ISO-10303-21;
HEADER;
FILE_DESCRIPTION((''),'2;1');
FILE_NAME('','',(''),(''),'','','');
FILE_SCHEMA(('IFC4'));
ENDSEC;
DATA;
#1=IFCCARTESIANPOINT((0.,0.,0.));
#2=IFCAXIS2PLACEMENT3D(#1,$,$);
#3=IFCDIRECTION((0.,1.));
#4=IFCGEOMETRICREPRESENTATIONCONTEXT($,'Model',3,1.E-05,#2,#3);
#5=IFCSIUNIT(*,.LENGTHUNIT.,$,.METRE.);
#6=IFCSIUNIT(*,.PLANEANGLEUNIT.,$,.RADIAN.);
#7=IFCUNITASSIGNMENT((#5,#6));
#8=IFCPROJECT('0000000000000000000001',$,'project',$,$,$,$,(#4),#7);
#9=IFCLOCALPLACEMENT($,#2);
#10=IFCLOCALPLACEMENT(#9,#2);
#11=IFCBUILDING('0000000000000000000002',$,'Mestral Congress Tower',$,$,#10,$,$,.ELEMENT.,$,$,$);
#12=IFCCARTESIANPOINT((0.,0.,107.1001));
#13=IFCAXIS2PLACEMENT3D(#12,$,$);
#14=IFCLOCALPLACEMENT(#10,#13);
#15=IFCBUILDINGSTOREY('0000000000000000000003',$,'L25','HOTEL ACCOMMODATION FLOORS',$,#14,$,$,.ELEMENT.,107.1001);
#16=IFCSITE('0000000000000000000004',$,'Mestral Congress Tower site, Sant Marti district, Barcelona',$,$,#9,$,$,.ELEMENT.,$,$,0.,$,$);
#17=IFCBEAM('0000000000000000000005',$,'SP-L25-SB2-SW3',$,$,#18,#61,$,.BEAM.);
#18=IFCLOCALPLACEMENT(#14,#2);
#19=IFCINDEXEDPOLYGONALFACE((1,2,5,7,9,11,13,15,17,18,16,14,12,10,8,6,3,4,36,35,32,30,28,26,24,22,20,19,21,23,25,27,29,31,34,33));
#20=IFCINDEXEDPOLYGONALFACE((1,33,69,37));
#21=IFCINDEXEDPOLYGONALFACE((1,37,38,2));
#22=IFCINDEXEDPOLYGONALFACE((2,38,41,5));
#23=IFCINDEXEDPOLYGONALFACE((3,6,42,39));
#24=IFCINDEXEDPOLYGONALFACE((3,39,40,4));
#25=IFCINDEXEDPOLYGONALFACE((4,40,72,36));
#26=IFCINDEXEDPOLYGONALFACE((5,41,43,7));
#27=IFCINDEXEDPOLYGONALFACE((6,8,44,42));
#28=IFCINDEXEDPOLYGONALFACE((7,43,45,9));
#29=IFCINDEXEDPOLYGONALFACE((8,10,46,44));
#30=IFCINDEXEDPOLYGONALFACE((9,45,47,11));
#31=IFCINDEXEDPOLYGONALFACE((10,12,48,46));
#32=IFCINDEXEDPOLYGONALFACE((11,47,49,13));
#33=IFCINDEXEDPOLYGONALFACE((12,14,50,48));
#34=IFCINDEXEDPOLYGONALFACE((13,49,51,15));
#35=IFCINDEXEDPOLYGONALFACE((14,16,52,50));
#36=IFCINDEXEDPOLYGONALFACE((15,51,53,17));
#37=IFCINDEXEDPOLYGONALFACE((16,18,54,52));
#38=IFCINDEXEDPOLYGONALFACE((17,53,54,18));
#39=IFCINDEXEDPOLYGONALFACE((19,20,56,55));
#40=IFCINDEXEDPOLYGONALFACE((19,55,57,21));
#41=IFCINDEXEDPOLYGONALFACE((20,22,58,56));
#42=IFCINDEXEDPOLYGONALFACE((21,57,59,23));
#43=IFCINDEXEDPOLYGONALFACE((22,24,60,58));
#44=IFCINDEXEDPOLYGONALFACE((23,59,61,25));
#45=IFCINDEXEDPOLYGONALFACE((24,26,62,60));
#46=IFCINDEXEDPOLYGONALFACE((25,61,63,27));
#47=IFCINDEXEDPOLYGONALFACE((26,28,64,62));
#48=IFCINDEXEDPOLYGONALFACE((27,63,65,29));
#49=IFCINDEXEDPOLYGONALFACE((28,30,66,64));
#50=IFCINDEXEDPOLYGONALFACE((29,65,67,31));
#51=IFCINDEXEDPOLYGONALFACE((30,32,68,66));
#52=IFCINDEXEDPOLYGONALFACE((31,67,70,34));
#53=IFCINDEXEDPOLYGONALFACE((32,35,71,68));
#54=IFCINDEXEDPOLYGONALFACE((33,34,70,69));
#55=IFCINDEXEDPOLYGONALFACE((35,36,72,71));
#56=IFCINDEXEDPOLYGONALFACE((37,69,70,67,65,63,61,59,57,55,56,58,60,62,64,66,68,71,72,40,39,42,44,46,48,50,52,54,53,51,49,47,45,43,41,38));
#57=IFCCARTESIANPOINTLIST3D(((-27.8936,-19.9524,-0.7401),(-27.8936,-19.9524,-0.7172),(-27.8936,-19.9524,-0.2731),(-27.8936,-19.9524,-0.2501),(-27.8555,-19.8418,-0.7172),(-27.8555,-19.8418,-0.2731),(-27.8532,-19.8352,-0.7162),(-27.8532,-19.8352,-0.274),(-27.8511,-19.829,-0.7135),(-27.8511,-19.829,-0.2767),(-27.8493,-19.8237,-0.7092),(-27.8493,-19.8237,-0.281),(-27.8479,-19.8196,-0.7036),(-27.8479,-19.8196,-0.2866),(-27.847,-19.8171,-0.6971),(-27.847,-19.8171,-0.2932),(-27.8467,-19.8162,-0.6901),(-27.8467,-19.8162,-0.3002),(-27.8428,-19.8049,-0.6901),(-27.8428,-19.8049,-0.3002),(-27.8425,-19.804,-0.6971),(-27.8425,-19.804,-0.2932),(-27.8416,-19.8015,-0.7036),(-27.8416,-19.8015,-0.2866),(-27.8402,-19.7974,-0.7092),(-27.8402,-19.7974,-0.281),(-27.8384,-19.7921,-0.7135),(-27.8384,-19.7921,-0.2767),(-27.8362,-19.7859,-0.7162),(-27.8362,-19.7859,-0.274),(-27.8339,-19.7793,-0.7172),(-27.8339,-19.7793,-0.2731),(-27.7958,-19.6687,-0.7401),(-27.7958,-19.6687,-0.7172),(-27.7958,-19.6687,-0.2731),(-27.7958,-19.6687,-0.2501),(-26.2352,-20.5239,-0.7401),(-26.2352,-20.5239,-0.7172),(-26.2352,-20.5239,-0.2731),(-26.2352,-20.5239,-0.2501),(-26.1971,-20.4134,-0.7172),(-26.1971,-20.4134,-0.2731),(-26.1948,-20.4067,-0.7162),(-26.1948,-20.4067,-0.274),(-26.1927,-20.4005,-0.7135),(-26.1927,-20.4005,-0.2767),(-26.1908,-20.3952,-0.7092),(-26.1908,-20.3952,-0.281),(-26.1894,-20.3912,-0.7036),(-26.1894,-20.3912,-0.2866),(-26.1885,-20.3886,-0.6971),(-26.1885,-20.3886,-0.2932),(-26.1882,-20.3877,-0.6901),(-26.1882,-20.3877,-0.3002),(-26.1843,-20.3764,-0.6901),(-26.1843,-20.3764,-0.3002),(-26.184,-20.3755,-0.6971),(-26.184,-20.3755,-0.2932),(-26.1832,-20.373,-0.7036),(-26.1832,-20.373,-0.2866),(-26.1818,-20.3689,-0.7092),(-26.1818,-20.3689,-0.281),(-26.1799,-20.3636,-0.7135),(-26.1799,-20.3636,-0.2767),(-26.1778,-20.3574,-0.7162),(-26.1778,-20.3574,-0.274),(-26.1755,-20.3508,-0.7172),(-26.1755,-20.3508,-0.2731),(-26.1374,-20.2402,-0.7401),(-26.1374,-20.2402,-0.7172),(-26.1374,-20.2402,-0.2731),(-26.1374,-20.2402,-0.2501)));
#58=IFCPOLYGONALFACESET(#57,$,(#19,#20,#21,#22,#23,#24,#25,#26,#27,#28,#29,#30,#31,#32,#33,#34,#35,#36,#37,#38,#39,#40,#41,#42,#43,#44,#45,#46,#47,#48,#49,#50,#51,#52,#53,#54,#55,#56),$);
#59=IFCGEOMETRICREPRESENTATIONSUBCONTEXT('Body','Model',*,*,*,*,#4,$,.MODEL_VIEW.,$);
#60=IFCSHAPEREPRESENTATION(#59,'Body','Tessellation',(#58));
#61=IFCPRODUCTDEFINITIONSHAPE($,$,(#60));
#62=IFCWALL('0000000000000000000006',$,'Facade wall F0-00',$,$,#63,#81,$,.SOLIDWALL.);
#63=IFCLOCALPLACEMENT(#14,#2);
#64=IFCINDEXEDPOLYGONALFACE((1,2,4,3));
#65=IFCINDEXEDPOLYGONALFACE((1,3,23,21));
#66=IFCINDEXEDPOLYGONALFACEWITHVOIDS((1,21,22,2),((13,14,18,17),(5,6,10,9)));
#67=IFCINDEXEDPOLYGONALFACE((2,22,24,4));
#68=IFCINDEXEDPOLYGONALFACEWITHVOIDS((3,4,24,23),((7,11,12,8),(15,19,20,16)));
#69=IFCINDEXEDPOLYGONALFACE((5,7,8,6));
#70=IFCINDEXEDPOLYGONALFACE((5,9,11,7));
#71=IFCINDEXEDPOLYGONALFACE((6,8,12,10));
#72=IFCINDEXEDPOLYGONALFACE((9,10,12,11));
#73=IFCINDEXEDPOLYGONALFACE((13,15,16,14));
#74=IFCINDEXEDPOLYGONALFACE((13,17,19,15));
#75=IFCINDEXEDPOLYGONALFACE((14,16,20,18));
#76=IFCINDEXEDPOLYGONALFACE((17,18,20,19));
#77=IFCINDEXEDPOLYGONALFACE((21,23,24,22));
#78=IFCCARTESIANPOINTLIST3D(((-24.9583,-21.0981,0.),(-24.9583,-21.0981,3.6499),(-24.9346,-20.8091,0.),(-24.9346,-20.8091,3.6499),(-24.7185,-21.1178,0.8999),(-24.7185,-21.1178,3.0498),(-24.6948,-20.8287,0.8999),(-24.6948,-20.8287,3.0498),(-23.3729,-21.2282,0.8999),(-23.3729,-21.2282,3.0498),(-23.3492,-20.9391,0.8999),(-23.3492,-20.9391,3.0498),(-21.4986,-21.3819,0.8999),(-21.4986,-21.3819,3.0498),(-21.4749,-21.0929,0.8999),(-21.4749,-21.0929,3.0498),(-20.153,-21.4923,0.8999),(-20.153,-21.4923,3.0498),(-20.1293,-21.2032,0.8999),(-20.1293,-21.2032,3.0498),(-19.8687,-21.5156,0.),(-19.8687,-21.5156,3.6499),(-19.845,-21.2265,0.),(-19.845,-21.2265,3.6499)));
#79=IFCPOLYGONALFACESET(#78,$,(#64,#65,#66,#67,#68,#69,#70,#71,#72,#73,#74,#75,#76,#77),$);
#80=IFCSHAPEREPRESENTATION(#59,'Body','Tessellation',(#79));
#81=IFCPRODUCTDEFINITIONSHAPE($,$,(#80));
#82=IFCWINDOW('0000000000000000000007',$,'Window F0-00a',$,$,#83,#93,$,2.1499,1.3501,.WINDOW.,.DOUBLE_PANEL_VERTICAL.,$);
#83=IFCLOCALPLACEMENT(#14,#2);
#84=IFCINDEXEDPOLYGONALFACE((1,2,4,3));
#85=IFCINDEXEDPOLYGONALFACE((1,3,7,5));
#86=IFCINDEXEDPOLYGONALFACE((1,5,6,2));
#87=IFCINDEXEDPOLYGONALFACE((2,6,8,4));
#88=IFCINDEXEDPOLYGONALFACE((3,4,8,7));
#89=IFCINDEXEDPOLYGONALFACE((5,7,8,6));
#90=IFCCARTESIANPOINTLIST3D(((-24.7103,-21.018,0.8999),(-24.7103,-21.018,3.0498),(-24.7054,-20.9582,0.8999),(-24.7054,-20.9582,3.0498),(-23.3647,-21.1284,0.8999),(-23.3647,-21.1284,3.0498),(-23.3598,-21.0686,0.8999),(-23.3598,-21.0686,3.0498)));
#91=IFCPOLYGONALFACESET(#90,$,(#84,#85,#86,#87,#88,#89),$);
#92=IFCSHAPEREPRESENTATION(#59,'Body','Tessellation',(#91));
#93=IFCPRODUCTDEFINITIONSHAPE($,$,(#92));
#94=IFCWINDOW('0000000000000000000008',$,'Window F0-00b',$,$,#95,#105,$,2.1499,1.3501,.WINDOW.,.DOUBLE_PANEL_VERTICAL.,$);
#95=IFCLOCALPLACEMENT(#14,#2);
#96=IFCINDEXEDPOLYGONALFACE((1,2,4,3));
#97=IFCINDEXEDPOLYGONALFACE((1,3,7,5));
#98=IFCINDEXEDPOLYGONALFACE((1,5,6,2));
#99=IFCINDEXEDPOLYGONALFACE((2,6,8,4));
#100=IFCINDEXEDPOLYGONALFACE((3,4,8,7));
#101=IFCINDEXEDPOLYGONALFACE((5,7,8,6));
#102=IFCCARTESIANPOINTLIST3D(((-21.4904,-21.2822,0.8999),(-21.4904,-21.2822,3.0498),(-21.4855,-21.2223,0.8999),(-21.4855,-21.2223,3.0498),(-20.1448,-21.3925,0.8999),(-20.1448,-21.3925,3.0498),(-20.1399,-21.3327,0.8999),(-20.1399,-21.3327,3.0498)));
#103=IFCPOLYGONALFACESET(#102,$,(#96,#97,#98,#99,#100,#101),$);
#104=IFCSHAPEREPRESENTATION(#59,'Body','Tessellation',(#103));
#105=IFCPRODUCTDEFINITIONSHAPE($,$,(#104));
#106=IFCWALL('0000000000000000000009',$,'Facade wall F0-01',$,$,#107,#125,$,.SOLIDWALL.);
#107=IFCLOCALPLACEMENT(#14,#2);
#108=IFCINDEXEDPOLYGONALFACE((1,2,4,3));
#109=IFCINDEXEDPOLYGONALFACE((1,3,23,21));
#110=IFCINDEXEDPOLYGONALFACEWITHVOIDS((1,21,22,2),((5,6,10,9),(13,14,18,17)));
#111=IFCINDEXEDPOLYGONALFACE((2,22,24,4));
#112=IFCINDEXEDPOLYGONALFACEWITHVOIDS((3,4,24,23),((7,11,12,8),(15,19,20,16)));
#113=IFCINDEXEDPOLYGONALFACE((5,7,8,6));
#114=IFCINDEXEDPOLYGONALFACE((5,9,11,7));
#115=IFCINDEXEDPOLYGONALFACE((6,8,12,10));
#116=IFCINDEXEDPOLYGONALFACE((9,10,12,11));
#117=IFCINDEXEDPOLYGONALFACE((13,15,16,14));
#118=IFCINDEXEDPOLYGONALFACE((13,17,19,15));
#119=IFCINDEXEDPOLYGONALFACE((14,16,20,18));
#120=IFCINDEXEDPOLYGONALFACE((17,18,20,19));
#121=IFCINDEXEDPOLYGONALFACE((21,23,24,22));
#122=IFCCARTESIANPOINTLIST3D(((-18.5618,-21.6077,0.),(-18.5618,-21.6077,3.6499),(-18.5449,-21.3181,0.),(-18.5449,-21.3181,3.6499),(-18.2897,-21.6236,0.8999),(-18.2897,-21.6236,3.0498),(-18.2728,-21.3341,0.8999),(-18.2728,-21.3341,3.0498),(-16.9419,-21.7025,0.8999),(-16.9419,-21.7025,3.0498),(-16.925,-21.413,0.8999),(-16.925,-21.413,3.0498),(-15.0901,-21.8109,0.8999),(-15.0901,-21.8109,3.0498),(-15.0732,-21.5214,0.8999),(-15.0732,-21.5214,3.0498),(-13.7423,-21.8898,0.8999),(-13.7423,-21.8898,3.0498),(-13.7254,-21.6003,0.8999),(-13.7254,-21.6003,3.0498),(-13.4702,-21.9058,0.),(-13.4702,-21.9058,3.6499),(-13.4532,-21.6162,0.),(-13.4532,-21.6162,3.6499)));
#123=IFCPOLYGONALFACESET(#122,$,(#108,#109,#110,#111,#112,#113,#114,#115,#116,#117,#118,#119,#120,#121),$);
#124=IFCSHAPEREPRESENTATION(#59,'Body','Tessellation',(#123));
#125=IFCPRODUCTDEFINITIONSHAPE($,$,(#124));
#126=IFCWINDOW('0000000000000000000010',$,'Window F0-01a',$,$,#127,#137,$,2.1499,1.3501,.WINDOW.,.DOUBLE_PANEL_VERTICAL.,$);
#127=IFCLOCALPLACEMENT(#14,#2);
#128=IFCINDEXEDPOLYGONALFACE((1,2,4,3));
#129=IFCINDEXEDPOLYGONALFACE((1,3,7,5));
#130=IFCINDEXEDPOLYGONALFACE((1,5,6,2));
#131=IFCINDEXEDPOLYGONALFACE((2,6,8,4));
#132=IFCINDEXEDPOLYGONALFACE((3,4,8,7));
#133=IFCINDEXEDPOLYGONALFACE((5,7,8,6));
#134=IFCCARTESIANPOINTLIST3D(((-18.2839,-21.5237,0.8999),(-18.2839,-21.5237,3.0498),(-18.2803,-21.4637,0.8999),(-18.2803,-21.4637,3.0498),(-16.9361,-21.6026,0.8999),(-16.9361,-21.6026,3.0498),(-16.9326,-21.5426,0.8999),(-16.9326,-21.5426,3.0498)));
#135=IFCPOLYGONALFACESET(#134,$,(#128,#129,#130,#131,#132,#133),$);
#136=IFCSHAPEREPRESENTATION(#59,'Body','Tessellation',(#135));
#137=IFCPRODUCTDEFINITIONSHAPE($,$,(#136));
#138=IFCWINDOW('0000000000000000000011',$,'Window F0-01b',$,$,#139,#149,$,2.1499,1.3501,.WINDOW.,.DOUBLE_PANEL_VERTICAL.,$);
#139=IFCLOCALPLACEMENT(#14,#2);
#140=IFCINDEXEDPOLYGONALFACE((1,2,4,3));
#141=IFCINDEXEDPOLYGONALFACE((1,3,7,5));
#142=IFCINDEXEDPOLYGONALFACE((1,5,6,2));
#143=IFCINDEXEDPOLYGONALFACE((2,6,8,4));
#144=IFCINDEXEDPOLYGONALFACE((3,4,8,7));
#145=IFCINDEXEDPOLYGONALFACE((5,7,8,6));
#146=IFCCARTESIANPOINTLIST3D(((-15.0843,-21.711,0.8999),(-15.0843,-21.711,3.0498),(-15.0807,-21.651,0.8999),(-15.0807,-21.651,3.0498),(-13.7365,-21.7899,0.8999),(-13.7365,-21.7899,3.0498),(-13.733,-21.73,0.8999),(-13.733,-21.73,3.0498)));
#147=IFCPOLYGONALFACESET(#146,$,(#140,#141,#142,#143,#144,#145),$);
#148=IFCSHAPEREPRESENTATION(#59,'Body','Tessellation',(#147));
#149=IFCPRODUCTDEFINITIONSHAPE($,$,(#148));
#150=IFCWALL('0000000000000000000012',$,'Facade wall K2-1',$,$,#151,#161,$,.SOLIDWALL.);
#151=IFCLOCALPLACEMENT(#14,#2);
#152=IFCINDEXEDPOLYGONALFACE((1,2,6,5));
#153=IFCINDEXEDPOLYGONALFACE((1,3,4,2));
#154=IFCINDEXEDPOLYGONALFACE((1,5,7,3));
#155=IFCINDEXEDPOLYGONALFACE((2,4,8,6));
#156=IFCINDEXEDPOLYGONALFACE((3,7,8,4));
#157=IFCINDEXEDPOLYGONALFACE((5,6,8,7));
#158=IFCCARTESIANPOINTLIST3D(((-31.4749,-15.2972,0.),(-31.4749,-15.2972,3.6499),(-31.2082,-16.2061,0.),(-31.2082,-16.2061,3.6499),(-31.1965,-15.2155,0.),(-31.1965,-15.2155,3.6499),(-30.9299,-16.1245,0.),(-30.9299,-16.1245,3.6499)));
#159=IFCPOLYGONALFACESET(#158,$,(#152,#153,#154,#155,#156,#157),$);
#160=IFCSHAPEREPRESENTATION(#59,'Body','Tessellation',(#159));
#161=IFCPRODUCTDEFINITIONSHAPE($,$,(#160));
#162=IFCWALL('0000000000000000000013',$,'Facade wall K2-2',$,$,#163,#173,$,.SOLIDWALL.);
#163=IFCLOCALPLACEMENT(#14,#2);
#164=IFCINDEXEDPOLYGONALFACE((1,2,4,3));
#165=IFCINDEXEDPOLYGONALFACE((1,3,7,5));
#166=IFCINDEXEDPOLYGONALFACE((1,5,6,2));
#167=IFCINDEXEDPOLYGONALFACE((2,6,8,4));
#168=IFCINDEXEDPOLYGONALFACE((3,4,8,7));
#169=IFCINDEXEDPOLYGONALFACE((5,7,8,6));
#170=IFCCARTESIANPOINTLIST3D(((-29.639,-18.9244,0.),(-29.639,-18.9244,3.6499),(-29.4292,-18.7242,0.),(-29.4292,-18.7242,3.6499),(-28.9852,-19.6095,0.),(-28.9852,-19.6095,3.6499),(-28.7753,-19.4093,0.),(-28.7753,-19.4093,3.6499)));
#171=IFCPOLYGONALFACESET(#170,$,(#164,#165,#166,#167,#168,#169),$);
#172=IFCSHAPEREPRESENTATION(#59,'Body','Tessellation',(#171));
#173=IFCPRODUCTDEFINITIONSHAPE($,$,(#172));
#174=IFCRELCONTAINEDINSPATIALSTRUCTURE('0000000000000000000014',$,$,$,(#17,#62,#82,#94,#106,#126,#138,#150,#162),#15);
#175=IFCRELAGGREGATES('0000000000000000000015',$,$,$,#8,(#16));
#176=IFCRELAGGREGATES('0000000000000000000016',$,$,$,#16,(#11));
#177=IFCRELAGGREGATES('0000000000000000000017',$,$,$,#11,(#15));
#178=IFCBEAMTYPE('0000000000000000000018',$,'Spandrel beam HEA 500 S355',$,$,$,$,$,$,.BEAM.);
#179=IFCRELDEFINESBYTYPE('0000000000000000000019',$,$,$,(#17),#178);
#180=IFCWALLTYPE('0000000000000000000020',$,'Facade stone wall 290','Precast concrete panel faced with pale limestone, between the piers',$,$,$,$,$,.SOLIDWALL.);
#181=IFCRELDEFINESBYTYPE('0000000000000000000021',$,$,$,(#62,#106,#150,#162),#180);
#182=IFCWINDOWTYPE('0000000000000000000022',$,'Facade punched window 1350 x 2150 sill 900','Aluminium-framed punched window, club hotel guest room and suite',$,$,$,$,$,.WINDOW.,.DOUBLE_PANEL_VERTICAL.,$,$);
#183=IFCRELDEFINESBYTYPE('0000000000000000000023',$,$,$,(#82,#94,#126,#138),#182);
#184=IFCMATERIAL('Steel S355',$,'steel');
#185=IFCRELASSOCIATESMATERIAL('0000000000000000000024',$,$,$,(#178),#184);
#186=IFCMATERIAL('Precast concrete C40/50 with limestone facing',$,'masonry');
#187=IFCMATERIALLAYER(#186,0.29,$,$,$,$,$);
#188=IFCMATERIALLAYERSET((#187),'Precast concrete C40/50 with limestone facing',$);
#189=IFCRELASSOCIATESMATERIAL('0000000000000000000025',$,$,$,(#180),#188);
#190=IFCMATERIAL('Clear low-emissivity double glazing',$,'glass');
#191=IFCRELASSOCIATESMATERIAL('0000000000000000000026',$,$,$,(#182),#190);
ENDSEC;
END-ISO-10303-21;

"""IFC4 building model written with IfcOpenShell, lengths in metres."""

from ifc_helpers import new_model, si_unit, direction, frame, frame_2d, origin, origin_2d, place, context, subcontext, project, spatial, rectangle, i_section, extrude, material, layer, layer_set, material_profile, profile_set, type_object, element, fill, save


model = new_model("IFC4")

# Units and contexts
model_context = context("Model", 3, precision=1e-05, world=origin(), true_north=direction((0.0, 1.0)))
body_context = subcontext(model_context, "Body", "Model", "MODEL_VIEW")
ifc_project = project(units=[si_unit("LENGTHUNIT", "METRE"), si_unit("PLANEANGLEUNIT", "RADIAN")], contexts=[model_context])

# Site, building, storey
site_placement = place(None, origin())
site = spatial("IfcSite", under=ifc_project, at=site_placement, Name="Mestral Congress Tower site, Sant Marti district, Barcelona", CompositionType="ELEMENT", RefElevation=0.0)
building_placement = place(site_placement, origin())
building = spatial("IfcBuilding", under=site, at=building_placement, Name="Mestral Congress Tower", CompositionType="ELEMENT")
storey_placement = place(building_placement, frame((0.0, 0.0, 107.1001)))
storey = spatial("IfcBuildingStorey", under=building, at=storey_placement, Name="L25", Description="HOTEL ACCOMMODATION FLOORS", CompositionType="ELEMENT", Elevation=107.1001)

# Beam
ifc_material_1 = material(Name="Steel S355", Category="steel")
ifc_material_profile_1 = material_profile(ifc_material_1, i_section(OverallWidth=0.3, OverallDepth=0.49, WebThickness=0.012, FlangeThickness=0.0229, FilletRadius=0.0271, at=origin_2d()), Name="HEA 500")
ifc_profile_set_1 = profile_set([ifc_material_profile_1], Name="Steel S355")
beam_type_1 = type_object("IfcBeamType", Name="Spandrel beam HEA 500 S355", PredefinedType="BEAM", material=ifc_profile_set_1)
beam_1_placement = place(storey_placement, frame((-27.8447, -19.8105, -0.4951), z_axis=(0.945434, -0.325815, 0.0), x_axis=(0.325815, 0.945434, 0.0)))
element("IfcBeam", 1, at=beam_1_placement, inside=storey, type_object=beam_type_1, Name="SP-L25-SB2-SW3", PredefinedType="BEAM", context=body_context, shape_type="SweptSolid", body=[
    extrude(i_section(OverallWidth=0.3, OverallDepth=0.49, WebThickness=0.012, FlangeThickness=0.0229, FilletRadius=0.0271, at=origin_2d()), origin(), (0.0, 0.0, 1.0), 1.7542),
])

# Walls, openings, windows
ifc_material_2 = material(Name="Precast concrete C40/50 with limestone facing", Category="masonry")
ifc_layer_1 = layer(ifc_material_2, 0.29)
ifc_layer_set_1 = layer_set([ifc_layer_1], Name="Precast concrete C40/50 with limestone facing")
wall_type_1 = type_object("IfcWallType", Name="Facade stone wall 290", Description="Precast concrete panel faced with pale limestone, between the piers", PredefinedType="SOLIDWALL", material=ifc_layer_set_1)
wall_1_placement = place(storey_placement, frame((-24.9463, -20.9536, 0.0), z_axis=(0.0, 0.0, 1.0), x_axis=(0.996653, -0.081752, 0.0)))
wall_1 = element("IfcWall", 2, at=wall_1_placement, inside=storey, type_object=wall_type_1, Name="Facade wall F0-00", PredefinedType="SOLIDWALL", context=body_context, shape_type="SweptSolid", body=[
    extrude(rectangle(XDim=5.1067, YDim=0.29, at=frame_2d((2.5532, 0.0))), origin(), (0.0, 0.0, 1.0), 3.6499),
])
opening_1_placement = place(wall_1_placement, frame((0.2405, 0.0, 0.8999)))
opening_1 = element("IfcOpeningElement", 3, at=opening_1_placement, cuts=wall_1, PredefinedType="OPENING", context=body_context, shape_type="SweptSolid", body=[
    extrude(rectangle(XDim=1.3501, YDim=2.1499, at=frame_2d((0.675, 1.075))), frame((0.0, 0.155, 0.0), z_axis=(0.0, -1.0, 0.0), x_axis=(1.0, 0.0, 0.0)), (0.0, 0.0, 1.0), 0.3101),
])
opening_2_placement = place(wall_1_placement, frame((3.4712, 0.0, 0.8999)))
opening_2 = element("IfcOpeningElement", 4, at=opening_2_placement, cuts=wall_1, PredefinedType="OPENING", context=body_context, shape_type="SweptSolid", body=[
    extrude(rectangle(XDim=1.3501, YDim=2.1499, at=frame_2d((0.675, 1.075))), frame((0.0, 0.155, 0.0), z_axis=(0.0, -1.0, 0.0), x_axis=(1.0, 0.0, 0.0)), (0.0, 0.0, 1.0), 0.3101),
])
ifc_material_3 = material(Name="Clear low-emissivity double glazing", Category="glass")
window_type_1 = type_object("IfcWindowType", Name="Facade punched window 1350 x 2150 sill 900", Description="Aluminium-framed punched window, club hotel guest room and suite", PartitioningType="DOUBLE_PANEL_VERTICAL", PredefinedType="WINDOW", material=ifc_material_3)
window_1_placement = place(opening_1_placement, origin())
window_1 = element("IfcWindow", 5, at=window_1_placement, inside=storey, type_object=window_type_1, Name="Window F0-00a", OverallHeight=2.1499, OverallWidth=1.3501, PartitioningType="DOUBLE_PANEL_VERTICAL", PredefinedType="WINDOW", context=body_context, shape_type="SweptSolid", body=[
    extrude(rectangle(XDim=1.3501, YDim=2.1499, at=frame_2d((0.675, 1.075))), frame((0.0, 0.0151, 0.0), z_axis=(0.0, -1.0, 0.0), x_axis=(1.0, 0.0, 0.0)), (0.0, 0.0, 1.0), 0.0601),
])
fill(opening_1, window_1)
window_2_placement = place(opening_2_placement, origin())
window_2 = element("IfcWindow", 6, at=window_2_placement, inside=storey, type_object=window_type_1, Name="Window F0-00b", OverallHeight=2.1499, OverallWidth=1.3501, PartitioningType="DOUBLE_PANEL_VERTICAL", PredefinedType="WINDOW", context=body_context, shape_type="SweptSolid", body=[
    extrude(rectangle(XDim=1.3501, YDim=2.1499, at=frame_2d((0.675, 1.075))), frame((0.0, 0.0151, 0.0), z_axis=(0.0, -1.0, 0.0), x_axis=(1.0, 0.0, 0.0)), (0.0, 0.0, 1.0), 0.0601),
])
fill(opening_2, window_2)
wall_2_placement = place(storey_placement, frame((-18.5535, -21.4629, 0.0), z_axis=(0.0, 0.0, 1.0), x_axis=(0.998291, -0.058447, 0.0)))
wall_2 = element("IfcWall", 7, at=wall_2_placement, inside=storey, type_object=wall_type_1, Name="Facade wall F0-01", PredefinedType="SOLIDWALL", context=body_context, shape_type="SweptSolid", body=[
    extrude(rectangle(XDim=5.1003, YDim=0.29, at=frame_2d((2.5503, 0.0))), origin(), (0.0, 0.0, 1.0), 3.6499),
])
opening_3_placement = place(wall_2_placement, frame((0.2727, 0.0, 0.8999)))
opening_3 = element("IfcOpeningElement", 8, at=opening_3_placement, cuts=wall_2, PredefinedType="OPENING", context=body_context, shape_type="SweptSolid", body=[
    extrude(rectangle(XDim=1.3501, YDim=2.1499, at=frame_2d((0.675, 1.075))), frame((0.0, 0.155, 0.0), z_axis=(0.0, -1.0, 0.0), x_axis=(1.0, 0.0, 0.0)), (0.0, 0.0, 1.0), 0.3101),
])
opening_4_placement = place(wall_2_placement, frame((3.4778, 0.0, 0.8999)))
opening_4 = element("IfcOpeningElement", 9, at=opening_4_placement, cuts=wall_2, PredefinedType="OPENING", context=body_context, shape_type="SweptSolid", body=[
    extrude(rectangle(XDim=1.3501, YDim=2.1499, at=frame_2d((0.675, 1.075))), frame((0.0, 0.155, 0.0), z_axis=(0.0, -1.0, 0.0), x_axis=(1.0, 0.0, 0.0)), (0.0, 0.0, 1.0), 0.3101),
])
window_3_placement = place(opening_3_placement, origin())
window_3 = element("IfcWindow", 10, at=window_3_placement, inside=storey, type_object=window_type_1, Name="Window F0-01a", OverallHeight=2.1499, OverallWidth=1.3501, PartitioningType="DOUBLE_PANEL_VERTICAL", PredefinedType="WINDOW", context=body_context, shape_type="SweptSolid", body=[
    extrude(rectangle(XDim=1.3501, YDim=2.1499, at=frame_2d((0.675, 1.075))), frame((0.0, 0.0151, 0.0), z_axis=(0.0, -1.0, 0.0), x_axis=(1.0, 0.0, 0.0)), (0.0, 0.0, 1.0), 0.0601),
])
fill(opening_3, window_3)
window_4_placement = place(opening_4_placement, origin())
window_4 = element("IfcWindow", 11, at=window_4_placement, inside=storey, type_object=window_type_1, Name="Window F0-01b", OverallHeight=2.1499, OverallWidth=1.3501, PartitioningType="DOUBLE_PANEL_VERTICAL", PredefinedType="WINDOW", context=body_context, shape_type="SweptSolid", body=[
    extrude(rectangle(XDim=1.3501, YDim=2.1499, at=frame_2d((0.675, 1.075))), frame((0.0, 0.0151, 0.0), z_axis=(0.0, -1.0, 0.0), x_axis=(1.0, 0.0, 0.0)), (0.0, 0.0, 1.0), 0.0601),
])
fill(opening_4, window_4)

# Walls
wall_3_placement = place(storey_placement, frame((-31.3357, -15.2563, 0.0), z_axis=(0.0, 0.0, 1.0), x_axis=(0.281455, -0.959575, 0.0)))
element("IfcWall", 12, at=wall_3_placement, inside=storey, type_object=wall_type_1, Name="Facade wall K2-1", PredefinedType="SOLIDWALL", context=body_context, shape_type="SweptSolid", body=[
    extrude(rectangle(XDim=0.9473, YDim=0.29, at=frame_2d((0.4736, 0.0))), origin(), (0.0, 0.0, 1.0), 3.6499),
])
wall_4_placement = place(storey_placement, frame((-29.5342, -18.8242, 0.0), z_axis=(0.0, 0.0, 1.0), x_axis=(0.690414, -0.723414, 0.0)))
element("IfcWall", 13, at=wall_4_placement, inside=storey, type_object=wall_type_1, Name="Facade wall K2-2", PredefinedType="SOLIDWALL", context=body_context, shape_type="SweptSolid", body=[
    extrude(rectangle(XDim=0.947, YDim=0.29, at=frame_2d((0.4736, 0.0))), origin(), (0.0, 0.0, 1.0), 3.6499),
])

save(model, "model.ifc")
